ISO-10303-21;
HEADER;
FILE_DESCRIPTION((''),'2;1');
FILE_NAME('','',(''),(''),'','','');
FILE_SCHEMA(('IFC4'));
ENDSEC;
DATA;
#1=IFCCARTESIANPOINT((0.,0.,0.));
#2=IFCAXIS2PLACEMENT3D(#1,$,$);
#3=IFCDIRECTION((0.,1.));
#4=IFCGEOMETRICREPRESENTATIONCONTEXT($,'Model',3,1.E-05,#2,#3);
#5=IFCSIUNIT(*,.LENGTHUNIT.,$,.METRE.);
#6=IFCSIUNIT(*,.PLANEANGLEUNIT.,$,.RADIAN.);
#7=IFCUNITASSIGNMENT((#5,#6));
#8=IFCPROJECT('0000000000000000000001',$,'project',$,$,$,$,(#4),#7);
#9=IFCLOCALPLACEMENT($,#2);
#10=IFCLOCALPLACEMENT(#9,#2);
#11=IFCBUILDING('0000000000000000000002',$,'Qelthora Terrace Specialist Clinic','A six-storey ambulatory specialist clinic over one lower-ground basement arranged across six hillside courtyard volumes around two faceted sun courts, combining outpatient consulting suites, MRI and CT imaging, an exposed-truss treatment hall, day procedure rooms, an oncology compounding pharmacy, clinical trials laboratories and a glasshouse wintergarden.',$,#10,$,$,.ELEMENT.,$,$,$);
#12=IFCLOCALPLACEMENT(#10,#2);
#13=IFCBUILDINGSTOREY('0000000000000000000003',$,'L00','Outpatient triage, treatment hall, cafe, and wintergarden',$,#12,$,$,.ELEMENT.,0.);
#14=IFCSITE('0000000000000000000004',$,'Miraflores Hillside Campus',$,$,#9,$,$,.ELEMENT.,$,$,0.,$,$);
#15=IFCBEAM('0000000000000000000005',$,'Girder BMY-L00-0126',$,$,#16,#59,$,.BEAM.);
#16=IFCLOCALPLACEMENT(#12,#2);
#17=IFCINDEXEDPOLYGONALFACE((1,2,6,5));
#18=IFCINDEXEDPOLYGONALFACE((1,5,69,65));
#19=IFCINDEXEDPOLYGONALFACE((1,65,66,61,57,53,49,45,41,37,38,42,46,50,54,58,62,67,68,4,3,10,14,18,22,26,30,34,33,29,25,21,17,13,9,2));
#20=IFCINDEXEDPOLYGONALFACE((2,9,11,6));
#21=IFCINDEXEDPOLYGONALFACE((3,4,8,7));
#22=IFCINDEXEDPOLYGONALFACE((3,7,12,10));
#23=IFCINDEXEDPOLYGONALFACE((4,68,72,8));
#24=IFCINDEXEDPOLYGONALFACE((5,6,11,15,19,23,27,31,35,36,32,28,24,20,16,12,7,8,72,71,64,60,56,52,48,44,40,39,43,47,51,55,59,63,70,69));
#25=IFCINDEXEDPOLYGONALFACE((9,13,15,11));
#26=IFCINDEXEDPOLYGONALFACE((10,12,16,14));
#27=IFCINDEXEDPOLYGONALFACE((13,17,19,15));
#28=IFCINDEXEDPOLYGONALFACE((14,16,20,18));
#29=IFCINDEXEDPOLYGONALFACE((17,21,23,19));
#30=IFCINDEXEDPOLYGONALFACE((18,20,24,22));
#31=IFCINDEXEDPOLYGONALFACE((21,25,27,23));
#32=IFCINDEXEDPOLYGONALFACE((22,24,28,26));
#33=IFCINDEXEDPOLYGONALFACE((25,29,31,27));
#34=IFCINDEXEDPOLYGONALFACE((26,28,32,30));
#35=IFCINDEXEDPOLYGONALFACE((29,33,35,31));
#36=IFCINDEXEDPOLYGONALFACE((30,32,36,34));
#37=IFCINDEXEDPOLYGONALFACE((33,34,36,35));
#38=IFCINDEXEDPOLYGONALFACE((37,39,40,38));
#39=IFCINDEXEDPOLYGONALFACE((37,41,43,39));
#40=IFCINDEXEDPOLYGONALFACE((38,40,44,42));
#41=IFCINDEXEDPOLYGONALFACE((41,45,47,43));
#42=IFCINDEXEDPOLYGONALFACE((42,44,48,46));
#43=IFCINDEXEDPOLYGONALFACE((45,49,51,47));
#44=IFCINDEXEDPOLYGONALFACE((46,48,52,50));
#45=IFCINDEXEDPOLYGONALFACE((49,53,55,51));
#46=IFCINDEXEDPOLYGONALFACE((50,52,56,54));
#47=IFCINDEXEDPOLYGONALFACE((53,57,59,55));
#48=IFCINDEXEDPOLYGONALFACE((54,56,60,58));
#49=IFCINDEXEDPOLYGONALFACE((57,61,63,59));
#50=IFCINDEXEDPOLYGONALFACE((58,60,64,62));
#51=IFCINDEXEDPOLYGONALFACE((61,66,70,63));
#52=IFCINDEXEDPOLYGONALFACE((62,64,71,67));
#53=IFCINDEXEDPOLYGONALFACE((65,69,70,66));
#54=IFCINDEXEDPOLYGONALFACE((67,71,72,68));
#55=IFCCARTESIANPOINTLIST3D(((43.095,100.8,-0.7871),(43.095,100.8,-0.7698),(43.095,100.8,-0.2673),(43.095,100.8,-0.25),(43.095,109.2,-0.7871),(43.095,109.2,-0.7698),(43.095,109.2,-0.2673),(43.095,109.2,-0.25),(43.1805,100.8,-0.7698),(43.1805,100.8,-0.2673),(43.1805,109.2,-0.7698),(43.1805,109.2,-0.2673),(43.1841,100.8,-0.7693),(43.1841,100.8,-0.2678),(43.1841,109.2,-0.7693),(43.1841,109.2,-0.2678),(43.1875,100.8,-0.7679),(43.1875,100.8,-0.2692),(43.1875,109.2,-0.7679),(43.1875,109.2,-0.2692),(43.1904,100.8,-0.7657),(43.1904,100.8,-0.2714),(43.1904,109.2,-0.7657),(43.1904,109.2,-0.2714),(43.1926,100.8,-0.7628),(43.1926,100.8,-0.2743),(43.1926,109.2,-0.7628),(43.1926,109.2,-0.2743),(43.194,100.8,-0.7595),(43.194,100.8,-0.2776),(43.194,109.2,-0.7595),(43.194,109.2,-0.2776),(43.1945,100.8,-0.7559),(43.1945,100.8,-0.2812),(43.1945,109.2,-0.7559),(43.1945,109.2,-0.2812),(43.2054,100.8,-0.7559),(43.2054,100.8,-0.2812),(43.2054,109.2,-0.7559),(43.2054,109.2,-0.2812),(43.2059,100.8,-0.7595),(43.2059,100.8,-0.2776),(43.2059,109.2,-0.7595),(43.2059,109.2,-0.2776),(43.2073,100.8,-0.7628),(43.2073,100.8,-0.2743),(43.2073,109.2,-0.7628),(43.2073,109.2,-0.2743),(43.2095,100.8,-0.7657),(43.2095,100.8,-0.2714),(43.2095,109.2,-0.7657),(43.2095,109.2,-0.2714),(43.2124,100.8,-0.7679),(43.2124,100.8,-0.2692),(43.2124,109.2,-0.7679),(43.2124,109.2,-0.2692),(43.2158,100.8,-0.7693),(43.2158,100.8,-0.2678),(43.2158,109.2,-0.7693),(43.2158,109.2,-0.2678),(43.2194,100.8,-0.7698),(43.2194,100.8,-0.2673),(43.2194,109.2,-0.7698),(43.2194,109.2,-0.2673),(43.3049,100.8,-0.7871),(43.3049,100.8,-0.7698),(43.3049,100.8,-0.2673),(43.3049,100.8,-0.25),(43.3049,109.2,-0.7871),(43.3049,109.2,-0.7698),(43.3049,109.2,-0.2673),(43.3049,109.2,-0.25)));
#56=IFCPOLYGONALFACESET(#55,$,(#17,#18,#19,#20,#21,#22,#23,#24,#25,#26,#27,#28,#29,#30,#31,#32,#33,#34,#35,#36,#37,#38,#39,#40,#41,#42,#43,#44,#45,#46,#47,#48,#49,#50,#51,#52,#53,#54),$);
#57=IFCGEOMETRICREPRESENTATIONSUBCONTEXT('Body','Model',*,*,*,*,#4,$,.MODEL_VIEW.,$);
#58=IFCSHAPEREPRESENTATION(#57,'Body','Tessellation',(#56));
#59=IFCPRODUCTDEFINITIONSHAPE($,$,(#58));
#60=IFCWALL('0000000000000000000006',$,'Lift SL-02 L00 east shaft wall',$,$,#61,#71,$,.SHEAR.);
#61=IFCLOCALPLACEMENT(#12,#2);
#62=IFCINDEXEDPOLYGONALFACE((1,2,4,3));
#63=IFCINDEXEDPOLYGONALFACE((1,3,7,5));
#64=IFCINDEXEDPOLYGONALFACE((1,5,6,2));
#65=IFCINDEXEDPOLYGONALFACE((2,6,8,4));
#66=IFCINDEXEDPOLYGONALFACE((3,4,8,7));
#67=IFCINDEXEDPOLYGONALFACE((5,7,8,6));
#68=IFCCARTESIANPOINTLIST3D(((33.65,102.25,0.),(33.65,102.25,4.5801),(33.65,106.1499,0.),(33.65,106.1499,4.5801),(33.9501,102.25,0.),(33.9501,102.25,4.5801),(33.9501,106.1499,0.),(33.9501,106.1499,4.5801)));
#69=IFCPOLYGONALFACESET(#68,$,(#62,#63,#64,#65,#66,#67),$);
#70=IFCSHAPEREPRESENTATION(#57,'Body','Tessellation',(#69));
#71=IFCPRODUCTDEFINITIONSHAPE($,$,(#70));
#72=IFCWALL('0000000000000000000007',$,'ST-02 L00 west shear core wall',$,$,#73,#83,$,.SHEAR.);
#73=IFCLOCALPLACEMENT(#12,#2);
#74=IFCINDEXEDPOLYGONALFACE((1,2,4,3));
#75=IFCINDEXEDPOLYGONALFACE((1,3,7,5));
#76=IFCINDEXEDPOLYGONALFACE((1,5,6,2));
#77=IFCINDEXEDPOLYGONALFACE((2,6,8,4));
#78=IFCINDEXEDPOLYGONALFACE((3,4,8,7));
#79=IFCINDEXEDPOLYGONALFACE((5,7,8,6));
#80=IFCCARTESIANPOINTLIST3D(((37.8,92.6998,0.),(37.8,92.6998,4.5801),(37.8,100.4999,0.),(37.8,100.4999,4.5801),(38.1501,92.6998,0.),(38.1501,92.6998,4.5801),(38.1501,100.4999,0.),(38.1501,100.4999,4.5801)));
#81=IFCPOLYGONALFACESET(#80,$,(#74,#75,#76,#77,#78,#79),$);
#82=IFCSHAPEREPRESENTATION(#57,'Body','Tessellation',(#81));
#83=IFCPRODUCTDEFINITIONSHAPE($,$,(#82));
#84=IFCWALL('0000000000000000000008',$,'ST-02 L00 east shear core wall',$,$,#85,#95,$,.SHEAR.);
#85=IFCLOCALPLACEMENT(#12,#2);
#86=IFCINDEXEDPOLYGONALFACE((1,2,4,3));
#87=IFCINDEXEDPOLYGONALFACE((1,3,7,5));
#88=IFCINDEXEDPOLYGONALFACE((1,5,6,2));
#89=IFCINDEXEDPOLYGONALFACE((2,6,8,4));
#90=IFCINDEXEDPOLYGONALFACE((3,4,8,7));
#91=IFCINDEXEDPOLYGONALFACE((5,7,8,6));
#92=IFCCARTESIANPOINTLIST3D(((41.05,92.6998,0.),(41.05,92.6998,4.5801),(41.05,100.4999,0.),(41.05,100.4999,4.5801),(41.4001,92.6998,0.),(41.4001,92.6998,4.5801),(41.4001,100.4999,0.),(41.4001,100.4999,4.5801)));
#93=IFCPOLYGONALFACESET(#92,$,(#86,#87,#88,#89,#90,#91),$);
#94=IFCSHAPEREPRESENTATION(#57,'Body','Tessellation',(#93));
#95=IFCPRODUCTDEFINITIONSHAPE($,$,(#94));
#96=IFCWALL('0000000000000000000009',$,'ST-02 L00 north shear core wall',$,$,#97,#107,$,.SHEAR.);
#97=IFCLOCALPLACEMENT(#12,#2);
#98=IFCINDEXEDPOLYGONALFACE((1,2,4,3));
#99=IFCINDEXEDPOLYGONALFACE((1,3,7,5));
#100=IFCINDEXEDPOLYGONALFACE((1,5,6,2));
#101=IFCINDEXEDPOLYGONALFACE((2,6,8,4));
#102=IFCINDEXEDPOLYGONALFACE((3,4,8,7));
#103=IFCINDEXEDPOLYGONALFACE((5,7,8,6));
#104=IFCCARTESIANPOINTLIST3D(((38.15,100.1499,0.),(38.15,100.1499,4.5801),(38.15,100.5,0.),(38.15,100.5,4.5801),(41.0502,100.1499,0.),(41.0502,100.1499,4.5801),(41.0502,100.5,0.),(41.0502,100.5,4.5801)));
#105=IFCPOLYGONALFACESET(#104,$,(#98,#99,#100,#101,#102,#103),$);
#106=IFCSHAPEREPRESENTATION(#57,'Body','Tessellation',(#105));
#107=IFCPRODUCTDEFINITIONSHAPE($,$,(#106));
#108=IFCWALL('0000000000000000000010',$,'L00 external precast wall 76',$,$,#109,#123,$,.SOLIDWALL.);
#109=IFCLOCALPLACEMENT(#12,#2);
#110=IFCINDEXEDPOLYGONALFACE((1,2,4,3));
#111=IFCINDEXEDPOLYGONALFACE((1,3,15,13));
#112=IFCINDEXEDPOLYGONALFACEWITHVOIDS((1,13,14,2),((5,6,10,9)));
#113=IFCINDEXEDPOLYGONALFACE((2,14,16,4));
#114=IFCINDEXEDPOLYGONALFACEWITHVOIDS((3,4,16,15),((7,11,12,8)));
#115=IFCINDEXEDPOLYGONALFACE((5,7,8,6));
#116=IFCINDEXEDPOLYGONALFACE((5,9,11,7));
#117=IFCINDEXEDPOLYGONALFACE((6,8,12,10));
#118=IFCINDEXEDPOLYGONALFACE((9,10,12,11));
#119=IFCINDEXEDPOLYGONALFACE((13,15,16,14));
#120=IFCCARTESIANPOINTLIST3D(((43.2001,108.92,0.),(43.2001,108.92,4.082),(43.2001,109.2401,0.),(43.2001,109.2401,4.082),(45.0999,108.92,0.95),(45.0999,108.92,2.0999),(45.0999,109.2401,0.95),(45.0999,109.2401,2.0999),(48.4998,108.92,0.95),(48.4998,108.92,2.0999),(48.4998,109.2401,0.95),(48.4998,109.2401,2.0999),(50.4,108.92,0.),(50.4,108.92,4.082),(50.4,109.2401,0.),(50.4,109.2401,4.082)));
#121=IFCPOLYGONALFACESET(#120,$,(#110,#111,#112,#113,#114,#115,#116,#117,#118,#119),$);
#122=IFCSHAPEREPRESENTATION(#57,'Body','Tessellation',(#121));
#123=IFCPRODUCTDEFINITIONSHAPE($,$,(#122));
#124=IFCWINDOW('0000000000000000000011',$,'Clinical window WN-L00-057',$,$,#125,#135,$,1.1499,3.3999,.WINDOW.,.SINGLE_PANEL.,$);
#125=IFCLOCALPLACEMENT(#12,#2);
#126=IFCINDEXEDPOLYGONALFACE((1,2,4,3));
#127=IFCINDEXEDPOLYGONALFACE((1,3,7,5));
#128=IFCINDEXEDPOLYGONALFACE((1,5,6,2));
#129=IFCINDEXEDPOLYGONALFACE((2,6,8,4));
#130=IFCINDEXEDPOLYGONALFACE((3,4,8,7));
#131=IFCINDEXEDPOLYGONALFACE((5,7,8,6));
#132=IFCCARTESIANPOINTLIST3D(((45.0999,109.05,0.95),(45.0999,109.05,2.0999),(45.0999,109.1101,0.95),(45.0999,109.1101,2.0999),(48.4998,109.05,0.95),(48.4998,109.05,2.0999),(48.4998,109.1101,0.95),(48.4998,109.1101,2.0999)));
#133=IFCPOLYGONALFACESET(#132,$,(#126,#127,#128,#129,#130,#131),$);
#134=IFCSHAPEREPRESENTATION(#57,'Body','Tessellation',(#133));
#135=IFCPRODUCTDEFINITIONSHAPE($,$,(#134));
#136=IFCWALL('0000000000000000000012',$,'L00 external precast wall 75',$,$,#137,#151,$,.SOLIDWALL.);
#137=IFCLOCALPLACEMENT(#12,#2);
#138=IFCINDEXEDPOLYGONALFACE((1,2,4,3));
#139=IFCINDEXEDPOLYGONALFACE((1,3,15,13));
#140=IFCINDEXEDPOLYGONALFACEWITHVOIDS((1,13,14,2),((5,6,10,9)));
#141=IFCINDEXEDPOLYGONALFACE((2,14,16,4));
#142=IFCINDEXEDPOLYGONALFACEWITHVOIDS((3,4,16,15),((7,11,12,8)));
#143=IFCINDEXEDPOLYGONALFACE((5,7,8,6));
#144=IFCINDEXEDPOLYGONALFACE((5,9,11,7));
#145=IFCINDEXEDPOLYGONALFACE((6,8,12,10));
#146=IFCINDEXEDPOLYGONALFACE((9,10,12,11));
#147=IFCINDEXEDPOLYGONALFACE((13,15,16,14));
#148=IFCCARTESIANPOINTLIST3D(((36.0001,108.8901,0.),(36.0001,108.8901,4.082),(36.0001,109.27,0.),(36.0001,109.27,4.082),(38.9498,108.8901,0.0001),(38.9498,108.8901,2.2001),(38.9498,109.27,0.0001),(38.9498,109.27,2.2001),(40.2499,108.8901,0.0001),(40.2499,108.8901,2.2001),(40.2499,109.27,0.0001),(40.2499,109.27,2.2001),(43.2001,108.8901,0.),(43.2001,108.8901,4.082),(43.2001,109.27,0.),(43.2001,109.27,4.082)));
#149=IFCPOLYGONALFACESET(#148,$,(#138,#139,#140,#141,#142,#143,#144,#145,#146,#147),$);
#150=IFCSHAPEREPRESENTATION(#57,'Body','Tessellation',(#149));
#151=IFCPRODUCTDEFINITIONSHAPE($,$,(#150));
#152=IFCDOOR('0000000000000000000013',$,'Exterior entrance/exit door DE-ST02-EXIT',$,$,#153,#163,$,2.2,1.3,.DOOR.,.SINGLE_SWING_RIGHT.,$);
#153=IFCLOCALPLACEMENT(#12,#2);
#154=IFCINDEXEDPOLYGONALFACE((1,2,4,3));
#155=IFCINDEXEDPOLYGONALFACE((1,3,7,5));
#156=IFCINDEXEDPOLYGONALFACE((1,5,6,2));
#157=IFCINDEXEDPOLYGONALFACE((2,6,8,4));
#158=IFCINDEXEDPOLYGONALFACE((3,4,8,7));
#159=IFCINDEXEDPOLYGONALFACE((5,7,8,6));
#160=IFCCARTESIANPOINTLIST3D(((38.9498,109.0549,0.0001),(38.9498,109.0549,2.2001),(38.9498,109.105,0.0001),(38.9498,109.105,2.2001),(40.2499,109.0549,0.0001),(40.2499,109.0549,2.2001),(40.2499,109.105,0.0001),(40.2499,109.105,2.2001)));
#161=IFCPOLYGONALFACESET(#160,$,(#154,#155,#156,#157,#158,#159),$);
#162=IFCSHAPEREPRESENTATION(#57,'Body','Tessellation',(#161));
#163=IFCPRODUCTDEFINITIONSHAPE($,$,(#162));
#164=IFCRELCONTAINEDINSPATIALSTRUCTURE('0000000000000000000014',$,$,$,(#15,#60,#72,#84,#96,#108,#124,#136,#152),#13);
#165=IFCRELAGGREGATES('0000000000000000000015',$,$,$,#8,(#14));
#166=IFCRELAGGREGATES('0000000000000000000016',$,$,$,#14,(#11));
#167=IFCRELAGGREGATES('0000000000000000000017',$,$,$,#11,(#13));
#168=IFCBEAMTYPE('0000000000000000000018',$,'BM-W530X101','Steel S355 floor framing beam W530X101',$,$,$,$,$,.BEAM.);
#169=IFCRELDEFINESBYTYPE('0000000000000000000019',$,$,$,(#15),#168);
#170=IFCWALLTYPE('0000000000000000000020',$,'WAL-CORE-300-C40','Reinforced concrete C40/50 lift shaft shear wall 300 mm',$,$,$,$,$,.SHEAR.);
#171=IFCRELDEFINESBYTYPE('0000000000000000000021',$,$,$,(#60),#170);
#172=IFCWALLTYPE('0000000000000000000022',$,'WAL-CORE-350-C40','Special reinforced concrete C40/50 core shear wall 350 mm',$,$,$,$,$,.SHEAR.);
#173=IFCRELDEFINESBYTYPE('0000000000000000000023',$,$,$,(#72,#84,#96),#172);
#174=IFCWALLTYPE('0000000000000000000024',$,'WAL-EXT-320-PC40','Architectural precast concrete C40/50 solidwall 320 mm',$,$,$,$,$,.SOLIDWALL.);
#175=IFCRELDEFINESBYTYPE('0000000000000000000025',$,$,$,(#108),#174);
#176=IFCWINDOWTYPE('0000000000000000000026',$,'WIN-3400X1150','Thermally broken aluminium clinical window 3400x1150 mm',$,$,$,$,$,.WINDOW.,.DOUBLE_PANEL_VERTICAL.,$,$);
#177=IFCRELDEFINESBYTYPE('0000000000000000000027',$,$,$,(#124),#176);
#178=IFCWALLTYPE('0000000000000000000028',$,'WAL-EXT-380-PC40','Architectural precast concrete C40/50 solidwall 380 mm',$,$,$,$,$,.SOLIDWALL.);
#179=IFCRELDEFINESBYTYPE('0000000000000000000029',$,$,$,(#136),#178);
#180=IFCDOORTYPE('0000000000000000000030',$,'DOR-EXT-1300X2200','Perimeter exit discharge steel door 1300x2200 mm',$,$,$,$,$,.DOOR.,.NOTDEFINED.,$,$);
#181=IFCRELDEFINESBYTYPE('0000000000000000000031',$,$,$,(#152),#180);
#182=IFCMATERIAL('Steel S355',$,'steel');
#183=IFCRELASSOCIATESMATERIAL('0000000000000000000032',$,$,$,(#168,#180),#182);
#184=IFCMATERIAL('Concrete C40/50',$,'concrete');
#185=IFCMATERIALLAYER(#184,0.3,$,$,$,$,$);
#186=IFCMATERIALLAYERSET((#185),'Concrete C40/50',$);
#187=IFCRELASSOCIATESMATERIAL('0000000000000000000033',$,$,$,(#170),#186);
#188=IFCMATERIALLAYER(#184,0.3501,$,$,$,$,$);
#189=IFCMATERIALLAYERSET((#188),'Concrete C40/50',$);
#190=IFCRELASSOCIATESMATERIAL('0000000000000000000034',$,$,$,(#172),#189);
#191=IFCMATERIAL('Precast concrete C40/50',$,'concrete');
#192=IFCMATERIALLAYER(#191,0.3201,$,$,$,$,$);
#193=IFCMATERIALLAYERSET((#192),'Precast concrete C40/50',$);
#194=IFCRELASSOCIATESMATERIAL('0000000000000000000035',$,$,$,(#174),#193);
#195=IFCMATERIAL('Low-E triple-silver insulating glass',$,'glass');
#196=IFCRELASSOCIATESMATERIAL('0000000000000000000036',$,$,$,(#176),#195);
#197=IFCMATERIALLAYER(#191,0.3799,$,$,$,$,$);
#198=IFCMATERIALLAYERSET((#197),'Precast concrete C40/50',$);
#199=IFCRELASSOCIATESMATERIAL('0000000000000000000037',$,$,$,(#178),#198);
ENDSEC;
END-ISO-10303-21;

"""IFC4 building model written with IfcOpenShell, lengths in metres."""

from ifc_helpers import new_model, si_unit, direction, frame, frame_2d, origin, origin_2d, place, context, subcontext, project, spatial, rectangle, i_section, extrude, material, layer, layer_set, material_profile, profile_set, type_object, element, fill, save


model = new_model("IFC4")

# Units and contexts
model_context = context("Model", 3, precision=1e-05, world=origin(), true_north=direction((0.0, 1.0)))
body_context = subcontext(model_context, "Body", "Model", "MODEL_VIEW")
ifc_project = project(units=[si_unit("LENGTHUNIT", "METRE"), si_unit("PLANEANGLEUNIT", "RADIAN")], contexts=[model_context])

# Site, building, storey
site_placement = place(None, origin())
site = spatial("IfcSite", under=ifc_project, at=site_placement, Name="Miraflores Hillside Campus", CompositionType="ELEMENT", RefElevation=0.0)
building_placement = place(site_placement, origin())
building = spatial("IfcBuilding", under=site, at=building_placement, Name="Qelthora Terrace Specialist Clinic", Description="A six-storey ambulatory specialist clinic over one lower-ground basement arranged across six hillside courtyard volumes around two faceted sun courts, combining outpatient consulting suites, MRI and CT imaging, an exposed-truss treatment hall, day procedure rooms, an oncology compounding pharmacy, clinical trials laboratories and a glasshouse wintergarden.", CompositionType="ELEMENT")
storey_placement = place(building_placement, origin())
storey = spatial("IfcBuildingStorey", under=building, at=storey_placement, Name="L00", Description="Outpatient triage, treatment hall, cafe, and wintergarden", CompositionType="ELEMENT", Elevation=0.0)

# Shared definitions
ifc_material_1 = material(Name="Steel S355", Category="steel")

# Beam
ifc_material_profile_1 = material_profile(ifc_material_1, i_section(OverallWidth=0.21, OverallDepth=0.5371, WebThickness=0.011, FlangeThickness=0.0173, FilletRadius=0.0139, at=origin_2d()), Name="W530X101")
ifc_profile_set_1 = profile_set([ifc_material_profile_1], Name="Steel S355")
beam_type_1 = type_object("IfcBeamType", Name="BM-W530X101", Description="Steel S355 floor framing beam W530X101", PredefinedType="BEAM", material=ifc_profile_set_1)
beam_1_placement = place(storey_placement, frame((43.2, 100.8, -0.5186), z_axis=(0.0, 1.0, 0.0), x_axis=(-1.0, 0.0, 0.0)))
element("IfcBeam", 1, at=beam_1_placement, inside=storey, type_object=beam_type_1, Name="Girder BMY-L00-0126", PredefinedType="BEAM", context=body_context, shape_type="SweptSolid", body=[
    extrude(i_section(OverallWidth=0.21, OverallDepth=0.5371, WebThickness=0.011, FlangeThickness=0.0173, FilletRadius=0.0139, at=origin_2d()), origin(), (0.0, 0.0, 1.0), 8.3999),
])

# Walls
ifc_material_2 = material(Name="Concrete C40/50", Category="concrete")
ifc_layer_1 = layer(ifc_material_2, 0.3)
ifc_layer_set_1 = layer_set([ifc_layer_1], Name="Concrete C40/50")
wall_type_1 = type_object("IfcWallType", Name="WAL-CORE-300-C40", Description="Reinforced concrete C40/50 lift shaft shear wall 300 mm", PredefinedType="SHEAR", material=ifc_layer_set_1)
wall_1_placement = place(storey_placement, frame((33.8, 102.25, 0.0), z_axis=(0.0, 0.0, 1.0), x_axis=(0.0, 1.0, 0.0)))
element("IfcWall", 2, at=wall_1_placement, inside=storey, type_object=wall_type_1, Name="Lift SL-02 L00 east shaft wall", PredefinedType="SHEAR", context=body_context, shape_type="SweptSolid", body=[
    extrude(rectangle(XDim=3.8999, YDim=0.3, at=frame_2d((1.95, 0.0))), origin(), (0.0, 0.0, 1.0), 4.5801),
])
ifc_layer_2 = layer(ifc_material_2, 0.3501)
ifc_layer_set_2 = layer_set([ifc_layer_2], Name="Concrete C40/50")
wall_type_2 = type_object("IfcWallType", Name="WAL-CORE-350-C40", Description="Special reinforced concrete C40/50 core shear wall 350 mm", PredefinedType="SHEAR", material=ifc_layer_set_2)
for number, where, z_axis, x_axis, name in (
    (3, (37.9751, 92.7, 0.0), (0.0, 0.0, 1.0), (0.0, 1.0, 0.0), "ST-02 L00 west shear core wall"),
    (4, (41.2251, 92.7, 0.0), (0.0, 0.0, 1.0), (0.0, 1.0, 0.0), "ST-02 L00 east shear core wall"),
):
    element("IfcWall", number, at=place(storey_placement, frame(where, z_axis=z_axis, x_axis=x_axis)), inside=storey, type_object=wall_type_2, Name=name, PredefinedType="SHEAR", context=body_context, shape_type="SweptSolid", body=[
        extrude(rectangle(XDim=7.8, YDim=0.3501, at=frame_2d((3.8999, 0.0))), origin(), (0.0, 0.0, 1.0), 4.5801),
    ])
wall_2_placement = place(storey_placement, frame((38.1499, 100.325, 0.0), z_axis=(0.0, 0.0, 1.0), x_axis=(1.0, 0.0, 0.0)))
element("IfcWall", 5, at=wall_2_placement, inside=storey, type_object=wall_type_2, Name="ST-02 L00 north shear core wall", PredefinedType="SHEAR", context=body_context, shape_type="SweptSolid", body=[
    extrude(rectangle(XDim=2.9001, YDim=0.3501, at=frame_2d((1.4502, 0.0))), origin(), (0.0, 0.0, 1.0), 4.5801),
])

# Wall, opening, window
ifc_material_3 = material(Name="Precast concrete C40/50", Category="concrete")
ifc_layer_3 = layer(ifc_material_3, 0.3201)
ifc_layer_set_3 = layer_set([ifc_layer_3], Name="Precast concrete C40/50")
wall_type_3 = type_object("IfcWallType", Name="WAL-EXT-320-PC40", Description="Architectural precast concrete C40/50 solidwall 320 mm", PredefinedType="SOLIDWALL", material=ifc_layer_set_3)
wall_3_placement = place(storey_placement, frame((43.2, 109.0801, 0.0), z_axis=(0.0, 0.0, 1.0), x_axis=(1.0, 0.0, 0.0)))
wall_3 = element("IfcWall", 6, at=wall_3_placement, inside=storey, type_object=wall_type_3, Name="L00 external precast wall 76", PredefinedType="SOLIDWALL", context=body_context, shape_type="SweptSolid", body=[
    extrude(rectangle(XDim=7.2, YDim=0.3201, at=frame_2d((3.6001, 0.0))), origin(), (0.0, 0.0, 1.0), 4.082),
])
opening_1_placement = place(wall_3_placement, frame((1.8999, 0.0, 0.95)))
opening_1 = element("IfcOpeningElement", 7, at=opening_1_placement, cuts=wall_3, PredefinedType="OPENING", context=body_context, shape_type="SweptSolid", body=[
    extrude(rectangle(XDim=3.3999, YDim=1.1499, at=frame_2d((1.7, 0.575))), frame((0.0, 0.1699, 0.0), z_axis=(0.0, -1.0, 0.0), x_axis=(1.0, 0.0, 0.0)), (0.0, 0.0, 1.0), 0.3401),
])
ifc_material_4 = material(Name="Low-E triple-silver insulating glass", Category="glass")
window_type = type_object("IfcWindowType", Name="WIN-3400X1150", Description="Thermally broken aluminium clinical window 3400x1150 mm", PartitioningType="DOUBLE_PANEL_VERTICAL", PredefinedType="WINDOW", material=ifc_material_4)
window_placement = place(opening_1_placement, origin())
window = element("IfcWindow", 8, at=window_placement, inside=storey, type_object=window_type, Name="Clinical window WN-L00-057", OverallHeight=1.1499, OverallWidth=3.3999, PartitioningType="SINGLE_PANEL", PredefinedType="WINDOW", context=body_context, shape_type="SweptSolid", body=[
    extrude(rectangle(XDim=3.3999, YDim=1.1499, at=frame_2d((1.7, 0.575))), frame((0.0, 0.03, 0.0), z_axis=(0.0, -1.0, 0.0), x_axis=(1.0, 0.0, 0.0)), (0.0, 0.0, 1.0), 0.0601),
])
fill(opening_1, window)

# Wall, opening, door
ifc_layer_4 = layer(ifc_material_3, 0.3799)
ifc_layer_set_4 = layer_set([ifc_layer_4], Name="Precast concrete C40/50")
wall_type_4 = type_object("IfcWallType", Name="WAL-EXT-380-PC40", Description="Architectural precast concrete C40/50 solidwall 380 mm", PredefinedType="SOLIDWALL", material=ifc_layer_set_4)
wall_4_placement = place(storey_placement, frame((36.0, 109.0801, 0.0), z_axis=(0.0, 0.0, 1.0), x_axis=(1.0, 0.0, 0.0)))
wall_4 = element("IfcWall", 9, at=wall_4_placement, inside=storey, type_object=wall_type_4, Name="L00 external precast wall 75", PredefinedType="SOLIDWALL", context=body_context, shape_type="SweptSolid", body=[
    extrude(rectangle(XDim=7.2, YDim=0.3799, at=frame_2d((3.6001, 0.0))), origin(), (0.0, 0.0, 1.0), 4.082),
])
opening_2_placement = place(wall_4_placement, frame((2.95, 0.0, 0.0)))
opening_2 = element("IfcOpeningElement", 10, at=opening_2_placement, cuts=wall_4, PredefinedType="OPENING", context=body_context, shape_type="SweptSolid", body=[
    extrude(rectangle(XDim=1.3, YDim=2.2, at=frame_2d((0.6499, 1.1001))), frame((0.0, 0.2, 0.0), z_axis=(0.0, -1.0, 0.0), x_axis=(1.0, 0.0, 0.0)), (0.0, 0.0, 1.0), 0.3999),
])
door_type_1 = type_object("IfcDoorType", Name="DOR-EXT-1300X2200", Description="Perimeter exit discharge steel door 1300x2200 mm", OperationType="NOTDEFINED", PredefinedType="DOOR", material=ifc_material_1)
door_1_placement = place(opening_2_placement, origin())
door_1 = element("IfcDoor", 11, at=door_1_placement, inside=storey, type_object=door_type_1, Name="Exterior entrance/exit door DE-ST02-EXIT", OperationType="SINGLE_SWING_RIGHT", OverallHeight=2.2, OverallWidth=1.3, PredefinedType="DOOR", context=body_context, shape_type="SweptSolid", body=[
    extrude(rectangle(XDim=1.3, YDim=2.2, at=frame_2d((0.6499, 1.1001))), frame((0.0, 0.0249, 0.0), z_axis=(0.0, -1.0, 0.0), x_axis=(1.0, 0.0, 0.0)), (0.0, 0.0, 1.0), 0.05),
])
fill(opening_2, door_1)

save(model, "model.ifc")
